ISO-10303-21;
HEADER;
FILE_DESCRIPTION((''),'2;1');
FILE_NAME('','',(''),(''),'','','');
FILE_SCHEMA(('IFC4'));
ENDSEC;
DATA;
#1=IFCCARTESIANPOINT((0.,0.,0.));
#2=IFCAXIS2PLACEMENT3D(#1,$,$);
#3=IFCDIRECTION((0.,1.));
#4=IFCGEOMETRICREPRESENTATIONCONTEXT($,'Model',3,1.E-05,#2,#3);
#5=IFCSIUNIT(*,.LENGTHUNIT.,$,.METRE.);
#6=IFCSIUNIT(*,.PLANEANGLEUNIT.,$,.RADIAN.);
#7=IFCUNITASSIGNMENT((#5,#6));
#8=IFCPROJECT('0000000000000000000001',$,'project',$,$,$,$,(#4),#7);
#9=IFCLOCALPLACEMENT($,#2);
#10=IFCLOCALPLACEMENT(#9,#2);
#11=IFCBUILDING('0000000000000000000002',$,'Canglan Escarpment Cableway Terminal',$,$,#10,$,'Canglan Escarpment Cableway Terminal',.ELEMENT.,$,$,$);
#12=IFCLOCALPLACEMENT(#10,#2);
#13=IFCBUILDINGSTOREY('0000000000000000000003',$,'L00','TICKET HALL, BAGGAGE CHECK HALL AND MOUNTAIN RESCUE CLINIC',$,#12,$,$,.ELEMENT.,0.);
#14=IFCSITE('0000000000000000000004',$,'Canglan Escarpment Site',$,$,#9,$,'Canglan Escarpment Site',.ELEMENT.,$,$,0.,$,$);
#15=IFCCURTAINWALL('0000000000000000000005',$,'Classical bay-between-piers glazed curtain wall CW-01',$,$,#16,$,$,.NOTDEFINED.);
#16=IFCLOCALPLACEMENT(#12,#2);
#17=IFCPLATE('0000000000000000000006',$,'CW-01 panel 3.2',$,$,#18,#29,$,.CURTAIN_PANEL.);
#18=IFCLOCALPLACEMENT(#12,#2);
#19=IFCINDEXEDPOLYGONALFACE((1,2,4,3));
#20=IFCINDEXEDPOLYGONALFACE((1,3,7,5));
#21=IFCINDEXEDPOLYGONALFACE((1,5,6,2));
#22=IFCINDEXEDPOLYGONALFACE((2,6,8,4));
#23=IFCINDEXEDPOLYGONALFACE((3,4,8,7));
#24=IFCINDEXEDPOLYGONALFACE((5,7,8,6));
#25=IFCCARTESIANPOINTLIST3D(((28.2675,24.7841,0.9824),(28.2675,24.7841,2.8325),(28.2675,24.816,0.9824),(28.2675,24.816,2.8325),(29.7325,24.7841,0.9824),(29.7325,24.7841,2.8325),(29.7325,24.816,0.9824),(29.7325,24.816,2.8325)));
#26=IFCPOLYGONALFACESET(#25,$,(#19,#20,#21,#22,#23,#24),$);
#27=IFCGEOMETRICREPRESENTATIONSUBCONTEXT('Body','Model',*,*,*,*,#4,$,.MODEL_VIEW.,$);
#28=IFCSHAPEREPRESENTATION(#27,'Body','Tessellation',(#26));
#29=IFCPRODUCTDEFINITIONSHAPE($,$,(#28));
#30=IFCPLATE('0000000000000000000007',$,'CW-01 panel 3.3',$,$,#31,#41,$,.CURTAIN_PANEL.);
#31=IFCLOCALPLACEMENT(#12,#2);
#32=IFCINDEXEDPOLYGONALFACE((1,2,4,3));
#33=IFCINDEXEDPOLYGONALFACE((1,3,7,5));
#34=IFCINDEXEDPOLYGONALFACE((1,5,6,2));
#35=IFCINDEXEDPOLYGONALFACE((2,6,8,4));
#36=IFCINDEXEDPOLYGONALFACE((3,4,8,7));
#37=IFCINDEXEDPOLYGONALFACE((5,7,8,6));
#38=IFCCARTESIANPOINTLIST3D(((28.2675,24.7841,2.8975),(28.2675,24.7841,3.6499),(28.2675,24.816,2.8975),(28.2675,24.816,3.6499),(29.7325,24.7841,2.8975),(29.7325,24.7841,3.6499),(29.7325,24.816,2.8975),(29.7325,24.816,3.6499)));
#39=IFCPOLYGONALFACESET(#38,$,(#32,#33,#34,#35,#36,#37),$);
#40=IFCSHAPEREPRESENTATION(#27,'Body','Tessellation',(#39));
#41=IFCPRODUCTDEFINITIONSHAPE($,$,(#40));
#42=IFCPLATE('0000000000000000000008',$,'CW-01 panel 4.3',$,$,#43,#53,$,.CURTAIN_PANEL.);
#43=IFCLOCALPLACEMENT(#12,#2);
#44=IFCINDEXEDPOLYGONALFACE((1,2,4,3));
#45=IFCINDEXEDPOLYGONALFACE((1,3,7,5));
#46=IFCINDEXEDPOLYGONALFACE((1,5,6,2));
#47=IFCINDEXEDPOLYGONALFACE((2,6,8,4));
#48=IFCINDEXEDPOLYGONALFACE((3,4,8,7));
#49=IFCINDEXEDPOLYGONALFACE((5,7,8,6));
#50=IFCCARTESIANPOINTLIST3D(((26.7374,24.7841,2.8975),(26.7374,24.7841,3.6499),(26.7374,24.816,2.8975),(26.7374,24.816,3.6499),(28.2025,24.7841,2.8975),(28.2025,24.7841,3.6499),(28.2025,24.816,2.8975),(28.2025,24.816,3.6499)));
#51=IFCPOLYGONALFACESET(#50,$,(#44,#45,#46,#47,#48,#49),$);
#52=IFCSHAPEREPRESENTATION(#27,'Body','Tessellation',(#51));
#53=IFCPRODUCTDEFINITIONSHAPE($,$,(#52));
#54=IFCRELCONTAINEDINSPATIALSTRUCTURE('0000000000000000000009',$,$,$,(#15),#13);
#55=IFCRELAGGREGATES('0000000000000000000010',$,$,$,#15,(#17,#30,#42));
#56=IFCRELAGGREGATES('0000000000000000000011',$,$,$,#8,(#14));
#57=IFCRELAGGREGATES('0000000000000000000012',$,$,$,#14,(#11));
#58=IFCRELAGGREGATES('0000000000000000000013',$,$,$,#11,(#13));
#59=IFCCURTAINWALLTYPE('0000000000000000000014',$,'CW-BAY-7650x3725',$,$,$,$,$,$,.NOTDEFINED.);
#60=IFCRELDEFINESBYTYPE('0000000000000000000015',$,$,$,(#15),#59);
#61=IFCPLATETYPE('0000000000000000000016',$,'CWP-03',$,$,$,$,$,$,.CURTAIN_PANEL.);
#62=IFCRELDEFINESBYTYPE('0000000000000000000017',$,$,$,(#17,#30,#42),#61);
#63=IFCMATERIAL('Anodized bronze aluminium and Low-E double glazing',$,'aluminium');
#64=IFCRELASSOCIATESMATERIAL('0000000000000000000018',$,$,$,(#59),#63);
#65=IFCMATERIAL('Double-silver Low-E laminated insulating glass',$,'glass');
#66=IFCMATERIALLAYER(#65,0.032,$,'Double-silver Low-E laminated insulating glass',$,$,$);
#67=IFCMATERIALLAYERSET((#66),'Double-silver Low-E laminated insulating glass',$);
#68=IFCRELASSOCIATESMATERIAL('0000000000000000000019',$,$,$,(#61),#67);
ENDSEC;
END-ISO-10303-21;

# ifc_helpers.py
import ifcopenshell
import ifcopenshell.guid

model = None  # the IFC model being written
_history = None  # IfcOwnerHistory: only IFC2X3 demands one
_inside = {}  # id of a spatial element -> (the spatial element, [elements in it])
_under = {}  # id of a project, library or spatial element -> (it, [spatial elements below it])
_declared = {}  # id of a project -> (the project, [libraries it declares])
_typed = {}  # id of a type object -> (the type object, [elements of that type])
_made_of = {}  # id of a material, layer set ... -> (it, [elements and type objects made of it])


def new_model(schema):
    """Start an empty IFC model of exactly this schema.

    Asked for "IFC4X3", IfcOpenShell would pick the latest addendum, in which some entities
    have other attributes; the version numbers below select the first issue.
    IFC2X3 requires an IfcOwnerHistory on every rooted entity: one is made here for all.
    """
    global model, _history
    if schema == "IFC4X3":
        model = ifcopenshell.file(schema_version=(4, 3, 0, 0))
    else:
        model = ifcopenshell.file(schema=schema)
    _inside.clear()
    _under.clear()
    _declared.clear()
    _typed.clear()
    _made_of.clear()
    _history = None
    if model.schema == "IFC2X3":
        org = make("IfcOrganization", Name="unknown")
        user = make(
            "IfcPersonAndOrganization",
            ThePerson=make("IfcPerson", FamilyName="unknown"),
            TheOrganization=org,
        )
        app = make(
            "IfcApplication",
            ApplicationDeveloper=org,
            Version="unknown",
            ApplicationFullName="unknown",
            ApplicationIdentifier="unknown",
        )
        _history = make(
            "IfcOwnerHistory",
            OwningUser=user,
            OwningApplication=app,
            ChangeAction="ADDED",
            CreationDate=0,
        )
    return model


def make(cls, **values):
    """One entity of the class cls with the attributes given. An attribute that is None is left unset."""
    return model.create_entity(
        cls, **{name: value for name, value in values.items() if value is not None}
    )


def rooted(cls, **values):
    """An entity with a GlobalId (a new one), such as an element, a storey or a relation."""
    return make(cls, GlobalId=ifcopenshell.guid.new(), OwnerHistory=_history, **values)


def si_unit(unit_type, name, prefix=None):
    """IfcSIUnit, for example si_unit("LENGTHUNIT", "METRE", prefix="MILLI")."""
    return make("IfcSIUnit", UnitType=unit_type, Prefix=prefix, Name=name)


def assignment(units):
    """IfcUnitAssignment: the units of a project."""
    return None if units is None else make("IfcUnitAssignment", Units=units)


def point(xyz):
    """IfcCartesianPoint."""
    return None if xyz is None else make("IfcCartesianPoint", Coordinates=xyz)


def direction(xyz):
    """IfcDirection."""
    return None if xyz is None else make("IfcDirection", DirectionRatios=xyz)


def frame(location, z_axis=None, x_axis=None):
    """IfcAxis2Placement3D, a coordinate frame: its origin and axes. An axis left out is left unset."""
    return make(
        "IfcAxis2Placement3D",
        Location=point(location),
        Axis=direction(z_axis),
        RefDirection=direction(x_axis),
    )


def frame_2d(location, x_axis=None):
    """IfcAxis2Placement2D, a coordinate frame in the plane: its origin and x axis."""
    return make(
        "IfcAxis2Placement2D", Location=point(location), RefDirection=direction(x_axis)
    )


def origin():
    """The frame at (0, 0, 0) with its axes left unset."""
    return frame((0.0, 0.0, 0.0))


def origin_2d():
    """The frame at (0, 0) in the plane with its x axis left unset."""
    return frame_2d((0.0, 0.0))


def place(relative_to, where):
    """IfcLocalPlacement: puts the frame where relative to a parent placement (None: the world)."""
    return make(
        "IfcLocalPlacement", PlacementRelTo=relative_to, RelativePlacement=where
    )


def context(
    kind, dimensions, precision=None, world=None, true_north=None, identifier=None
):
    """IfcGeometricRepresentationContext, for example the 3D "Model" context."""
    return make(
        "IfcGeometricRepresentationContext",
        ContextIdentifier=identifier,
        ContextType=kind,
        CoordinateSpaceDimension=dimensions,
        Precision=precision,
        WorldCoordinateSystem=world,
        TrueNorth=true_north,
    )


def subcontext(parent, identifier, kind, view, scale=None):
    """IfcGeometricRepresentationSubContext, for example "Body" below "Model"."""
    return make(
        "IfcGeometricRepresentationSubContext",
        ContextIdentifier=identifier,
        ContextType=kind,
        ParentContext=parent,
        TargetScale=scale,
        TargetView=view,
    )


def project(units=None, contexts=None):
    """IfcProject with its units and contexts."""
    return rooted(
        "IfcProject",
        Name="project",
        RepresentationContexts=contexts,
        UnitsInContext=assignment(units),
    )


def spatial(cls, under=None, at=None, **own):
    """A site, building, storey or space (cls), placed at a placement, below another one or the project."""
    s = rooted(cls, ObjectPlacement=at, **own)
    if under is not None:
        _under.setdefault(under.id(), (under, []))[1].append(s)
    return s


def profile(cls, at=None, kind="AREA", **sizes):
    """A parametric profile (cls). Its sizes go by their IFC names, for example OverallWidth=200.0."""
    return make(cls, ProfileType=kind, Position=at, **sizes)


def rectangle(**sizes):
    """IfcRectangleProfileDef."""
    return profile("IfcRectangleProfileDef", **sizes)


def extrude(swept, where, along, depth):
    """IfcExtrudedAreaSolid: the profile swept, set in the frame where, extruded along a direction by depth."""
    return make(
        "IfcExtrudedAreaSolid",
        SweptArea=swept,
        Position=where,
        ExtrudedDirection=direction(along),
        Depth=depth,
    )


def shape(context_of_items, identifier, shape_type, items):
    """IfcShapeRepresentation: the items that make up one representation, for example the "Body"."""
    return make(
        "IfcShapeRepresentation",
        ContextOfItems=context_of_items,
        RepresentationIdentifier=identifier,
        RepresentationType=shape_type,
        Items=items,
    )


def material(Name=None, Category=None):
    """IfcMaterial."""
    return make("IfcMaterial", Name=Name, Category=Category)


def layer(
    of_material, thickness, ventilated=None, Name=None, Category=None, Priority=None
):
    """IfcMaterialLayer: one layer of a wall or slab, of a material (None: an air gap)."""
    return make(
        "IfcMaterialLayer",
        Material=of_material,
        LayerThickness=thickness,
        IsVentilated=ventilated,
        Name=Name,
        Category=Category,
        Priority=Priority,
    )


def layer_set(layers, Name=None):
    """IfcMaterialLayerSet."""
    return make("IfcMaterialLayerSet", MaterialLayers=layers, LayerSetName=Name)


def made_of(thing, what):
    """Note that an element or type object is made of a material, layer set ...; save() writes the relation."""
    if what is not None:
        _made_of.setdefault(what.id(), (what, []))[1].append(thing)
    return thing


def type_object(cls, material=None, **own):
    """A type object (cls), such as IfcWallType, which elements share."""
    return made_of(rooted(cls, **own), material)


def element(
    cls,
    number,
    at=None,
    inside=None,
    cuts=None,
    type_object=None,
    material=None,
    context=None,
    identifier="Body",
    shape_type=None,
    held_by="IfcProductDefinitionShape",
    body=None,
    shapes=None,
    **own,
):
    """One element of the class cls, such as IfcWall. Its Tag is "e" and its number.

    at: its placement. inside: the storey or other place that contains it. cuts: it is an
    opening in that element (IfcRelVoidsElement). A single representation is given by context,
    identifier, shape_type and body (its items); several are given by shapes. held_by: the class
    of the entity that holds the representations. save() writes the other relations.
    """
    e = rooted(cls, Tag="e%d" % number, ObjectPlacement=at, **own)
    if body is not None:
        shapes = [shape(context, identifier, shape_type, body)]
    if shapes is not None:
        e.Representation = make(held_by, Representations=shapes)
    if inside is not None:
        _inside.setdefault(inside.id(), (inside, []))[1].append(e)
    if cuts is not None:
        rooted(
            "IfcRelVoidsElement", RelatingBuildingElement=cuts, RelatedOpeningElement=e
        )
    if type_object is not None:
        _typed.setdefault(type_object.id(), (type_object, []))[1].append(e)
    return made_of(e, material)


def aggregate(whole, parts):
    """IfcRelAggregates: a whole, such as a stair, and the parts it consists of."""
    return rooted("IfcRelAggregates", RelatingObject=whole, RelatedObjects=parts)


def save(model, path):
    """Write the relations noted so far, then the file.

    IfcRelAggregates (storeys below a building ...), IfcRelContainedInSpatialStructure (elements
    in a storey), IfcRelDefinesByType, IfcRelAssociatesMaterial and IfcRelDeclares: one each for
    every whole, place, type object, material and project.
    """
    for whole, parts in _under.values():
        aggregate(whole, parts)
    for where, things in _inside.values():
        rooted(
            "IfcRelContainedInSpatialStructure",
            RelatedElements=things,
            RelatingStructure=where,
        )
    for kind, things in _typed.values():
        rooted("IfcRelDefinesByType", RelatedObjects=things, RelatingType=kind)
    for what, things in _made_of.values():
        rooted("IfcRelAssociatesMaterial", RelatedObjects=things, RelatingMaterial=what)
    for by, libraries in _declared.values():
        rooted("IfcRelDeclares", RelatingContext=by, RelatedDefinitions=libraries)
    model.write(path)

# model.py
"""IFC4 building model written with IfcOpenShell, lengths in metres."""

from ifc_helpers import new_model, si_unit, direction, frame, origin, origin_2d, place, context, subcontext, project, spatial, rectangle, extrude, material, layer, layer_set, type_object, element, aggregate, save


model = new_model("IFC4")

# Units and contexts
model_context = context("Model", 3, precision=1e-05, world=origin(), true_north=direction((0.0, 1.0)))
body_context = subcontext(model_context, "Body", "Model", "MODEL_VIEW")
ifc_project = project(units=[si_unit("LENGTHUNIT", "METRE"), si_unit("PLANEANGLEUNIT", "RADIAN")], contexts=[model_context])

# Site, building, storey
site_placement = place(None, origin())
site = spatial("IfcSite", under=ifc_project, at=site_placement, Name="Canglan Escarpment Site", LongName="Canglan Escarpment Site", CompositionType="ELEMENT", RefElevation=0.0)
building_placement = place(site_placement, origin())
building = spatial("IfcBuilding", under=site, at=building_placement, Name="Canglan Escarpment Cableway Terminal", LongName="Canglan Escarpment Cableway Terminal", CompositionType="ELEMENT")
storey_placement = place(building_placement, origin())
storey = spatial("IfcBuildingStorey", under=building, at=storey_placement, Name="L00", Description="TICKET HALL, BAGGAGE CHECK HALL AND MOUNTAIN RESCUE CLINIC", CompositionType="ELEMENT", Elevation=0.0)

# Curtain wall, plates
ifc_material_1 = material(Name="Anodized bronze aluminium and Low-E double glazing", Category="aluminium")
curtain_wall_type = type_object("IfcCurtainWallType", Name="CW-BAY-7650x3725", PredefinedType="NOTDEFINED", material=ifc_material_1)
curtain_wall_placement = place(storey_placement, origin())
curtain_wall = element("IfcCurtainWall", 1, at=curtain_wall_placement, inside=storey, type_object=curtain_wall_type, Name="Classical bay-between-piers glazed curtain wall CW-01", PredefinedType="NOTDEFINED")
ifc_material_2 = material(Name="Double-silver Low-E laminated insulating glass", Category="glass")
ifc_layer = layer(ifc_material_2, 0.032, Name="Double-silver Low-E laminated insulating glass")
ifc_layer_set = layer_set([ifc_layer], Name="Double-silver Low-E laminated insulating glass")
plate_type = type_object("IfcPlateType", Name="CWP-03", PredefinedType="CURTAIN_PANEL", material=ifc_layer_set)
plate_1_placement = place(storey_placement, frame((29.0, 24.8, 0.9824), z_axis=(0.0, 0.0, 1.0), x_axis=(-1.0, 0.0, 0.0)))
plate_1 = element("IfcPlate", 2, at=plate_1_placement, type_object=plate_type, Name="CW-01 panel 3.2", PredefinedType="CURTAIN_PANEL", context=body_context, shape_type="SweptSolid", body=[
    extrude(rectangle(XDim=1.4651, YDim=0.032, at=origin_2d()), origin(), (0.0, 0.0, 1.0), 1.8501),
])
plate_2_placement = place(storey_placement, frame((29.0, 24.8, 2.8975), z_axis=(0.0, 0.0, 1.0), x_axis=(-1.0, 0.0, 0.0)))
plate_2 = element("IfcPlate", 3, at=plate_2_placement, type_object=plate_type, Name="CW-01 panel 3.3", PredefinedType="CURTAIN_PANEL", context=body_context, shape_type="SweptSolid", body=[
    extrude(rectangle(XDim=1.4651, YDim=0.032, at=origin_2d()), origin(), (0.0, 0.0, 1.0), 0.7524),
])
plate_3_placement = place(storey_placement, frame((27.47, 24.8, 2.8975), z_axis=(0.0, 0.0, 1.0), x_axis=(-1.0, 0.0, 0.0)))
plate_3 = element("IfcPlate", 4, at=plate_3_placement, type_object=plate_type, Name="CW-01 panel 4.3", PredefinedType="CURTAIN_PANEL", context=body_context, shape_type="SweptSolid", body=[
    extrude(rectangle(XDim=1.4651, YDim=0.032, at=origin_2d()), origin(), (0.0, 0.0, 1.0), 0.7524),
])
aggregate(curtain_wall, [plate_1, plate_2, plate_3])

save(model, "model.ifc")
